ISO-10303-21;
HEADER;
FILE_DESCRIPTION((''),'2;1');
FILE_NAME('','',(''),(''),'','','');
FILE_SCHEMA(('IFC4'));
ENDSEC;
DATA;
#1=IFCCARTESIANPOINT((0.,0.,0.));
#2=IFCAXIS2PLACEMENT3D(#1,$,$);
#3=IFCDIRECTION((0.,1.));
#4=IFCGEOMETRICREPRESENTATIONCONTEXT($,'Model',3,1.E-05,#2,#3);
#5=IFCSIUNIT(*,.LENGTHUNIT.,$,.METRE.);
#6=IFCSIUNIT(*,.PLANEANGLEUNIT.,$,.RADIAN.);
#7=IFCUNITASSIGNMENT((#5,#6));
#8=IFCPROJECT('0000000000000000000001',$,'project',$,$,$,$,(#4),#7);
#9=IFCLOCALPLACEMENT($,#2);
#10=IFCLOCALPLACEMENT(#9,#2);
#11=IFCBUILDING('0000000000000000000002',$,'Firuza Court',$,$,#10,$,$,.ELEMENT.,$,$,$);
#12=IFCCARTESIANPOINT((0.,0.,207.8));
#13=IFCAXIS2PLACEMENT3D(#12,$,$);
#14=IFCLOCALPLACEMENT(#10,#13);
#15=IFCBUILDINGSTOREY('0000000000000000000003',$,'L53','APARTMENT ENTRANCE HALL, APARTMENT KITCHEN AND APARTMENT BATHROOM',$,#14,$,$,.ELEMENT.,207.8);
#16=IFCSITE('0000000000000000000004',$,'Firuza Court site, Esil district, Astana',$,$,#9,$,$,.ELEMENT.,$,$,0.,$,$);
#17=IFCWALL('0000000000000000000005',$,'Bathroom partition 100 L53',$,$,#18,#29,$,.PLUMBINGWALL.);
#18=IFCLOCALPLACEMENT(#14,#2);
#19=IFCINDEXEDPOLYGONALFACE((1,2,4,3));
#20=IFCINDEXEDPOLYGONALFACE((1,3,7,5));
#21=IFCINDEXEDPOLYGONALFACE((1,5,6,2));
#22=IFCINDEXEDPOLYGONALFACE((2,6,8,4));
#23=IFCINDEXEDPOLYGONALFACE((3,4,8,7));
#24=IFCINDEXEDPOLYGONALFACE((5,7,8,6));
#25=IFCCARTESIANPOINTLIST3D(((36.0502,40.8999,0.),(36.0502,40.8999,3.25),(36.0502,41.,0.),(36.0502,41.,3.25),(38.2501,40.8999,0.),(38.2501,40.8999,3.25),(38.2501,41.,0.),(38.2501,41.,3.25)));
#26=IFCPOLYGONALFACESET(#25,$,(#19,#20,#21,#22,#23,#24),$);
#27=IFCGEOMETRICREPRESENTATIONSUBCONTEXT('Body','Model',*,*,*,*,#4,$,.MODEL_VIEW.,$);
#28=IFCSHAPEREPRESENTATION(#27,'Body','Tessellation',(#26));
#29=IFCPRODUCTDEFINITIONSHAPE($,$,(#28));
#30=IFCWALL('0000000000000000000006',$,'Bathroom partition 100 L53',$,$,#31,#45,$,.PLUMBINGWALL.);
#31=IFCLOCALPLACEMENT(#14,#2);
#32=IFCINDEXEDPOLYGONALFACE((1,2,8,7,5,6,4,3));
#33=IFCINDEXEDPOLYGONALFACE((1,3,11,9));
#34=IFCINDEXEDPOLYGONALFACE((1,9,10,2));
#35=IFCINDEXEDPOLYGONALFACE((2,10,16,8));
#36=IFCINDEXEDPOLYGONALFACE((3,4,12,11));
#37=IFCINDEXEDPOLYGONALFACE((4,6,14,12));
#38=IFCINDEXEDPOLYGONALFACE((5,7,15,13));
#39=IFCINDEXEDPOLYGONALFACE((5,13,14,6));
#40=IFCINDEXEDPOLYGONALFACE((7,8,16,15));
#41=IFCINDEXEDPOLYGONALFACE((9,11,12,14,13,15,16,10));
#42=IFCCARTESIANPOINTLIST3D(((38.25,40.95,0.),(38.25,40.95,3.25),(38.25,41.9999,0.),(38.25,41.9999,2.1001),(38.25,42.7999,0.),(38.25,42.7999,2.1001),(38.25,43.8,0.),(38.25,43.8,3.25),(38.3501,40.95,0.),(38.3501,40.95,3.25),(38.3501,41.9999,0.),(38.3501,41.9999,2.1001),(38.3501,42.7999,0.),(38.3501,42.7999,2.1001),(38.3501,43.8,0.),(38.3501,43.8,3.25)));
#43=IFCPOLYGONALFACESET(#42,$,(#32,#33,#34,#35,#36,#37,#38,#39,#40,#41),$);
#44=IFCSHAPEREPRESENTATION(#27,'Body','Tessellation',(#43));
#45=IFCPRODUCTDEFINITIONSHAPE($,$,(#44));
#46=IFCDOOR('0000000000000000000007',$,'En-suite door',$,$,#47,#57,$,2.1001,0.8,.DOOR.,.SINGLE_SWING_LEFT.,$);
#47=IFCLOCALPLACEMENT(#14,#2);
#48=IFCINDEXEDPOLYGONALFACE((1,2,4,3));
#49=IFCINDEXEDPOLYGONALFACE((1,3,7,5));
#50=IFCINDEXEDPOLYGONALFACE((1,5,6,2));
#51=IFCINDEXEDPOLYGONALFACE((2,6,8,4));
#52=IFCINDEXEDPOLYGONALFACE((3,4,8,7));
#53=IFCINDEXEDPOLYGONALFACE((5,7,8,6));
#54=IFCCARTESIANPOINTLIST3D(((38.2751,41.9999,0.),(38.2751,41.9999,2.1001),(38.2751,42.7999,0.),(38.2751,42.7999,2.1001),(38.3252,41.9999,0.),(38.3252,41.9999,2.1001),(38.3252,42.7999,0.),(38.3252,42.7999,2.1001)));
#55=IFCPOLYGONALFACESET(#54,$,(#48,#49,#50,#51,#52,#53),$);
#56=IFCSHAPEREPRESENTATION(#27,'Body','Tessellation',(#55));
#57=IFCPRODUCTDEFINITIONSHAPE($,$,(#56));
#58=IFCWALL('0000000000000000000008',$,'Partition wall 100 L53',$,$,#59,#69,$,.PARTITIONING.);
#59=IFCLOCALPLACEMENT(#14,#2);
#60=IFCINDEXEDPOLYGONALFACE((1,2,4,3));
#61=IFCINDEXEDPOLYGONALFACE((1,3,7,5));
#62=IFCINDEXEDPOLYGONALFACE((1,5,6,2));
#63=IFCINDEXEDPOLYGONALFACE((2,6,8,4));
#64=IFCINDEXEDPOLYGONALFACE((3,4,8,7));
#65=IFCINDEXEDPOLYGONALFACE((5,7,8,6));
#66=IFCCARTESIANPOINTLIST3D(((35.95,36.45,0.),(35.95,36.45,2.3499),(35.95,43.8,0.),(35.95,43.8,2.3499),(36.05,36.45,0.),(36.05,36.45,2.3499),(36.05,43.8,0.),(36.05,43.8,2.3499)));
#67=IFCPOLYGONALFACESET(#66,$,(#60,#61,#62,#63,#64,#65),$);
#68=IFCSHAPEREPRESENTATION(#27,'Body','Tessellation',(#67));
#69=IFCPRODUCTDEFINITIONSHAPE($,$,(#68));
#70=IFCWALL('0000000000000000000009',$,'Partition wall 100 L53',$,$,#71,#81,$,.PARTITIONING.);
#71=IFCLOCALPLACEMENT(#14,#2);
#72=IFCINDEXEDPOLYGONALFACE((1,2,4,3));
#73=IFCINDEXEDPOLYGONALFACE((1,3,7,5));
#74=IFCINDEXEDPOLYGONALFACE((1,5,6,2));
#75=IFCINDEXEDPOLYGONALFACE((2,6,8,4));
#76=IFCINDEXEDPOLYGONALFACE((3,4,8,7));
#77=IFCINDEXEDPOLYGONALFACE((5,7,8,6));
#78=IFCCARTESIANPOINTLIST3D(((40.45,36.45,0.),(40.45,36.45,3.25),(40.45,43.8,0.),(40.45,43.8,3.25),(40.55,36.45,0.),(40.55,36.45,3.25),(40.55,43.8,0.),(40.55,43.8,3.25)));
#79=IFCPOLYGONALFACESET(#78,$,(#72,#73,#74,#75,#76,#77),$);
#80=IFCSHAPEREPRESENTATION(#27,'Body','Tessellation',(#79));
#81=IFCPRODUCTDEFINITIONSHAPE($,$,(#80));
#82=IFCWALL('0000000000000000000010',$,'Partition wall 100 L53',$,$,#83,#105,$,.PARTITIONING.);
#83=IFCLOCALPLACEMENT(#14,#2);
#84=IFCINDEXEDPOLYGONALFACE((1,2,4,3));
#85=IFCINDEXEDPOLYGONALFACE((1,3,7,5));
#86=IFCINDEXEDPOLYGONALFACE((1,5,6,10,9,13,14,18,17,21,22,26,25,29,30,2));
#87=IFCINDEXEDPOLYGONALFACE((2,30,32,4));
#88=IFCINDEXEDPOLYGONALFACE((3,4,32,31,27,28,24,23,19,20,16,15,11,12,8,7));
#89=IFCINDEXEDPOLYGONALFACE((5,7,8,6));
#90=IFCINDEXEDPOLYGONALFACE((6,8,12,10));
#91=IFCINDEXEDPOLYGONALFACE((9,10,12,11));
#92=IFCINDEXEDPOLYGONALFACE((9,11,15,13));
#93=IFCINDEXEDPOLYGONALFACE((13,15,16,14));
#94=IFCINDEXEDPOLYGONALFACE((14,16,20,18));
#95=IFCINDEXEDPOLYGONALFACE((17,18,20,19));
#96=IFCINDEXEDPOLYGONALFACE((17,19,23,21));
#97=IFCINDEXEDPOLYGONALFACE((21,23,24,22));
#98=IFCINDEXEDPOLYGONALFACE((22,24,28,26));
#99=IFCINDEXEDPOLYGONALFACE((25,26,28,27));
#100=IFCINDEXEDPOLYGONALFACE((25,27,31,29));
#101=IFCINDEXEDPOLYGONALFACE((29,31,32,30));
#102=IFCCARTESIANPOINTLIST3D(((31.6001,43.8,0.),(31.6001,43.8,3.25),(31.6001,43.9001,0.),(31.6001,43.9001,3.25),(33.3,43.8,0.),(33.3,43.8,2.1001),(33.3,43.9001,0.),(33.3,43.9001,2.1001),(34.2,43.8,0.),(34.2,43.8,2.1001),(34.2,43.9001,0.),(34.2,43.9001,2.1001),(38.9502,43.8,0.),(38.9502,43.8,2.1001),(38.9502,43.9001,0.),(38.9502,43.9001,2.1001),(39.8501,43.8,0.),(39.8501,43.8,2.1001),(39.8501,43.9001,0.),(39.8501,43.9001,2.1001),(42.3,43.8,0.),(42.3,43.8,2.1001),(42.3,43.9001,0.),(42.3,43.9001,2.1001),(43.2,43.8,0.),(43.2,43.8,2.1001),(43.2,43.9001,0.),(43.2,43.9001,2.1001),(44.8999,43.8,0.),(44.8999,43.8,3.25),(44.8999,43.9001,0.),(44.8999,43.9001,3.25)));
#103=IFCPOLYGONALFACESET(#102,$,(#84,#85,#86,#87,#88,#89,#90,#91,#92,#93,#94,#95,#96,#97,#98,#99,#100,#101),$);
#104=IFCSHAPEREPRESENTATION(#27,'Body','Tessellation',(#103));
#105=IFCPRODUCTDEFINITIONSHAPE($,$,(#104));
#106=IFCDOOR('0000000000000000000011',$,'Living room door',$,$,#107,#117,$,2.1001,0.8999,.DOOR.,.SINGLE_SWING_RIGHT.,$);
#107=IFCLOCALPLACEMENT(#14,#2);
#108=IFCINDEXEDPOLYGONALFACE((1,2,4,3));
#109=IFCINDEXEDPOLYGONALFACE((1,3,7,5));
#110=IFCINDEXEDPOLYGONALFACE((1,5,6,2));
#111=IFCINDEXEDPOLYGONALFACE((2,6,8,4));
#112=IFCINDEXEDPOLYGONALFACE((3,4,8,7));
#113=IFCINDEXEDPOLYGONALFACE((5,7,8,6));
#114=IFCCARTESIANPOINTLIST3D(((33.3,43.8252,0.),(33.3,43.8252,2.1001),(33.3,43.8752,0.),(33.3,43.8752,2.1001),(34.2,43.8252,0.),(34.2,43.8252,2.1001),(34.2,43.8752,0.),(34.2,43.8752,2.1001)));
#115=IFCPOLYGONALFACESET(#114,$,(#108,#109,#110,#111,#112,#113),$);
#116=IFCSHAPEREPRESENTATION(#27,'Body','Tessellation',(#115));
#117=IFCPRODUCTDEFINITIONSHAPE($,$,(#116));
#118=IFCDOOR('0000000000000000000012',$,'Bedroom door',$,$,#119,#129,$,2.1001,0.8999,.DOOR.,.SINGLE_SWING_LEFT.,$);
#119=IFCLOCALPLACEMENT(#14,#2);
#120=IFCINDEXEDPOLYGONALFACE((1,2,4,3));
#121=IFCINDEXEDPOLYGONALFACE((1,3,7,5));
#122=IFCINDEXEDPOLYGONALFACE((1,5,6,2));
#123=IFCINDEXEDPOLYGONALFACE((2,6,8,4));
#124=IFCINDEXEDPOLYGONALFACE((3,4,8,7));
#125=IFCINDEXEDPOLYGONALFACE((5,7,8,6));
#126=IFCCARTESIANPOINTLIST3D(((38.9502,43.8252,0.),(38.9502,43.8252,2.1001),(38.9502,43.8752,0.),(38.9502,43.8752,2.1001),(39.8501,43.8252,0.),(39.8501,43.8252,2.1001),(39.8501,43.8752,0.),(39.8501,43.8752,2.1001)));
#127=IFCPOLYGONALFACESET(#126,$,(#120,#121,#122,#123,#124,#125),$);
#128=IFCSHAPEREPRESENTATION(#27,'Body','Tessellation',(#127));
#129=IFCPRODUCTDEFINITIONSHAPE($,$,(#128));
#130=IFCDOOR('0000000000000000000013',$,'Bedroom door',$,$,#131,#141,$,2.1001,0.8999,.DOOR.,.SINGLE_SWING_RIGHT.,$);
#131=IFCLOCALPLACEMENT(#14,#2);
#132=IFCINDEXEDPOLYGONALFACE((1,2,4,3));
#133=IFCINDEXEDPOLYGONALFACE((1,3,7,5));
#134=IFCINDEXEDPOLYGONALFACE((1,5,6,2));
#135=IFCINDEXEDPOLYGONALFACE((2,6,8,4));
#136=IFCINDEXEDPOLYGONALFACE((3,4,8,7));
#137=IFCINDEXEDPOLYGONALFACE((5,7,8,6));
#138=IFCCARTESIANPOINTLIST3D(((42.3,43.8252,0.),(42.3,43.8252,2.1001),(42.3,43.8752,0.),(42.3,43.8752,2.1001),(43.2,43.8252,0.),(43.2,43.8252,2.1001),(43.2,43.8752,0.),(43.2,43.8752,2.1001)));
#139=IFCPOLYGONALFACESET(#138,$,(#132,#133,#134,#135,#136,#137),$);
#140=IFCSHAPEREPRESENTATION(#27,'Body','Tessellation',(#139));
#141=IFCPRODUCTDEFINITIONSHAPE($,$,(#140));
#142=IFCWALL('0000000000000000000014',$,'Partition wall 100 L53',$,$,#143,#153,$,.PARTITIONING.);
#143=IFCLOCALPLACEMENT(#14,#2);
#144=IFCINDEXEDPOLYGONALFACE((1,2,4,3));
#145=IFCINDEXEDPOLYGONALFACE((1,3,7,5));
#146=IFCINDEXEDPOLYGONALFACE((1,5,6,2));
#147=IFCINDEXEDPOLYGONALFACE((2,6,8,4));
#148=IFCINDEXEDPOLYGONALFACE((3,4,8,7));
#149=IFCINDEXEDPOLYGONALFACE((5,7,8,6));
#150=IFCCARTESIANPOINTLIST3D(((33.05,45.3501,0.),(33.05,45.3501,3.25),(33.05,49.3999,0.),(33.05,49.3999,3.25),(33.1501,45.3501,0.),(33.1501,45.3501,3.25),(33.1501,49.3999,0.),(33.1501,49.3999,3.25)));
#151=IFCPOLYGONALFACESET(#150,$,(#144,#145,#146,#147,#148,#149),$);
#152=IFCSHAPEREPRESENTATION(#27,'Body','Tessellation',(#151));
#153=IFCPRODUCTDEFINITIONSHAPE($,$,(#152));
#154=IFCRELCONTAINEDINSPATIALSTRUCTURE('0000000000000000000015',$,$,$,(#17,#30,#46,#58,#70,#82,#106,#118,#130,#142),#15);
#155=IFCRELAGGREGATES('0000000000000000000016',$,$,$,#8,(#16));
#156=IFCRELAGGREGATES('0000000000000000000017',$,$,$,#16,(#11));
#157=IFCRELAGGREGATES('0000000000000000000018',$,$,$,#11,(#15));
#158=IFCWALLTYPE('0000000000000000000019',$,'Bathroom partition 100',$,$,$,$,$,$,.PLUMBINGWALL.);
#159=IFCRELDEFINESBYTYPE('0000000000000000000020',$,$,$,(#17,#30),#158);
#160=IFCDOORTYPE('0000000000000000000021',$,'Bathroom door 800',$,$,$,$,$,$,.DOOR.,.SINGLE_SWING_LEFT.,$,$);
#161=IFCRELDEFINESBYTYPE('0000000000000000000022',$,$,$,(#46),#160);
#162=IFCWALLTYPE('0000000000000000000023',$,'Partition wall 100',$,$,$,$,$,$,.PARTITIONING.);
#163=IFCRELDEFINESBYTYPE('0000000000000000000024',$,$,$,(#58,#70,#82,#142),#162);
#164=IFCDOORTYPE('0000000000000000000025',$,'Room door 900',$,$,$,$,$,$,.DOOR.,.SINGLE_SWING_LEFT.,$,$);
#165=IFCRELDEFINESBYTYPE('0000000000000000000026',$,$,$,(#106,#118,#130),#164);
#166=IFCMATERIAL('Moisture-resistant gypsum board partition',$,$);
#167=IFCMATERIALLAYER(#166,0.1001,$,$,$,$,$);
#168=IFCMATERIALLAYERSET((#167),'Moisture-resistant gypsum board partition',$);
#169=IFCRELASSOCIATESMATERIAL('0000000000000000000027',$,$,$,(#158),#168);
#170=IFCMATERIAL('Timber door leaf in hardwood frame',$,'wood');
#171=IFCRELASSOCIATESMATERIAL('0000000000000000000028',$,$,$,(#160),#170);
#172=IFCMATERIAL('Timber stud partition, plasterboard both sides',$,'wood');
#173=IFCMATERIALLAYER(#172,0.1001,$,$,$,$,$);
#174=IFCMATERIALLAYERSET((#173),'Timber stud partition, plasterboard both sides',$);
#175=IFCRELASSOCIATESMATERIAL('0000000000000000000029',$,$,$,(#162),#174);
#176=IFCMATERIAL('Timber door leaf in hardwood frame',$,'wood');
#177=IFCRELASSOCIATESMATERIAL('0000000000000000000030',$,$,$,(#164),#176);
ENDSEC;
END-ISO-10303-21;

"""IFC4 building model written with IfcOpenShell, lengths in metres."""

from ifc_helpers import new_model, si_unit, direction, frame, frame_2d, origin, place, context, subcontext, project, spatial, rectangle, extrude, material, layer, layer_set, type_object, element, fill, save


model = new_model("IFC4")

# Units and contexts
model_context = context("Model", 3, precision=1e-05, world=origin(), true_north=direction((0.0, 1.0)))
body_context = subcontext(model_context, "Body", "Model", "MODEL_VIEW")
ifc_project = project(units=[si_unit("LENGTHUNIT", "METRE"), si_unit("PLANEANGLEUNIT", "RADIAN")], contexts=[model_context])

# Site, building, storey
site_placement = place(None, origin())
site = spatial("IfcSite", under=ifc_project, at=site_placement, Name="Firuza Court site, Esil district, Astana", CompositionType="ELEMENT", RefElevation=0.0)
building_placement = place(site_placement, origin())
building = spatial("IfcBuilding", under=site, at=building_placement, Name="Firuza Court", CompositionType="ELEMENT")
storey_placement = place(building_placement, frame((0.0, 0.0, 207.8)))
storey = spatial("IfcBuildingStorey", under=building, at=storey_placement, Name="L53", Description="APARTMENT ENTRANCE HALL, APARTMENT KITCHEN AND APARTMENT BATHROOM", CompositionType="ELEMENT", Elevation=207.8)

# Wall
ifc_material_1 = material(Name="Moisture-resistant gypsum board partition")
ifc_layer_1 = layer(ifc_material_1, 0.1001)
ifc_layer_set_1 = layer_set([ifc_layer_1], Name="Moisture-resistant gypsum board partition")
wall_type_1 = type_object("IfcWallType", Name="Bathroom partition 100", PredefinedType="PLUMBINGWALL", material=ifc_layer_set_1)
wall_1_placement = place(storey_placement, frame((36.05, 40.95, 0.0), z_axis=(0.0, 0.0, 1.0), x_axis=(1.0, 0.0, 0.0)))
element("IfcWall", 1, at=wall_1_placement, inside=storey, type_object=wall_type_1, Name="Bathroom partition 100 L53", PredefinedType="PLUMBINGWALL", context=body_context, shape_type="SweptSolid", body=[
    extrude(rectangle(XDim=2.2, YDim=0.1001, at=frame_2d((1.1001, 0.0))), origin(), (0.0, 0.0, 1.0), 3.25),
])

# Wall, opening, door
wall_2_placement = place(storey_placement, frame((38.3, 40.95, 0.0), z_axis=(0.0, 0.0, 1.0), x_axis=(0.0, 1.0, 0.0)))
wall_2 = element("IfcWall", 2, at=wall_2_placement, inside=storey, type_object=wall_type_1, Name="Bathroom partition 100 L53", PredefinedType="PLUMBINGWALL", context=body_context, shape_type="SweptSolid", body=[
    extrude(rectangle(XDim=2.8501, YDim=0.1001, at=frame_2d((1.425, 0.0))), origin(), (0.0, 0.0, 1.0), 3.25),
])
opening_1_placement = place(wall_2_placement, frame((1.05, 0.0, 0.0)))
opening_1 = element("IfcOpeningElement", 3, at=opening_1_placement, cuts=wall_2, PredefinedType="OPENING", context=body_context, shape_type="SweptSolid", body=[
    extrude(rectangle(XDim=0.8, YDim=2.1001, at=frame_2d((0.3999, 1.05))), frame((0.0, 0.062, 0.0), z_axis=(0.0, -1.0, 0.0), x_axis=(1.0, 0.0, 0.0)), (0.0, 0.0, 1.0), 0.124),
])
ifc_material_2 = material(Name="Timber door leaf in hardwood frame", Category="wood")
door_type_1 = type_object("IfcDoorType", Name="Bathroom door 800", OperationType="SINGLE_SWING_LEFT", PredefinedType="DOOR", material=ifc_material_2)
door_1_placement = place(opening_1_placement, origin())
door_1 = element("IfcDoor", 4, at=door_1_placement, inside=storey, type_object=door_type_1, Name="En-suite door", OperationType="SINGLE_SWING_LEFT", OverallHeight=2.1001, OverallWidth=0.8, PredefinedType="DOOR", context=body_context, shape_type="SweptSolid", body=[
    extrude(rectangle(XDim=0.8, YDim=2.1001, at=frame_2d((0.3999, 1.05))), frame((0.0, 0.0249, 0.0), z_axis=(0.0, -1.0, 0.0), x_axis=(1.0, 0.0, 0.0)), (0.0, 0.0, 1.0), 0.05),
])
fill(opening_1, door_1)

# Walls
ifc_material_3 = material(Name="Timber stud partition, plasterboard both sides", Category="wood")
ifc_layer_2 = layer(ifc_material_3, 0.1001)
ifc_layer_set_2 = layer_set([ifc_layer_2], Name="Timber stud partition, plasterboard both sides")
wall_type_2 = type_object("IfcWallType", Name="Partition wall 100", PredefinedType="PARTITIONING", material=ifc_layer_set_2)
wall_3_placement = place(storey_placement, frame((36.0, 36.45, 0.0), z_axis=(0.0, 0.0, 1.0), x_axis=(0.0, 1.0, 0.0)))
element("IfcWall", 5, at=wall_3_placement, inside=storey, type_object=wall_type_2, Name="Partition wall 100 L53", PredefinedType="PARTITIONING", context=body_context, shape_type="SweptSolid", body=[
    extrude(rectangle(XDim=7.3501, YDim=0.1001, at=frame_2d((3.675, 0.0))), origin(), (0.0, 0.0, 1.0), 2.3499),
])
wall_4_placement = place(storey_placement, frame((40.5, 36.45, 0.0), z_axis=(0.0, 0.0, 1.0), x_axis=(0.0, 1.0, 0.0)))
element("IfcWall", 6, at=wall_4_placement, inside=storey, type_object=wall_type_2, Name="Partition wall 100 L53", PredefinedType="PARTITIONING", context=body_context, shape_type="SweptSolid", body=[
    extrude(rectangle(XDim=7.3501, YDim=0.1001, at=frame_2d((3.675, 0.0))), origin(), (0.0, 0.0, 1.0), 3.25),
])

# Wall, openings, doors
wall_5_placement = place(storey_placement, frame((31.6001, 43.8501, 0.0), z_axis=(0.0, 0.0, 1.0), x_axis=(1.0, 0.0, 0.0)))
wall_5 = element("IfcWall", 7, at=wall_5_placement, inside=storey, type_object=wall_type_2, Name="Partition wall 100 L53", PredefinedType="PARTITIONING", context=body_context, shape_type="SweptSolid", body=[
    extrude(rectangle(XDim=13.2998, YDim=0.1001, at=frame_2d((6.6499, 0.0))), origin(), (0.0, 0.0, 1.0), 3.25),
])
opening_2_placement = place(wall_5_placement, frame((1.7, 0.0, 0.0)))
opening_2 = element("IfcOpeningElement", 8, at=opening_2_placement, cuts=wall_5, PredefinedType="OPENING", context=body_context, shape_type="SweptSolid", body=[
    extrude(rectangle(XDim=0.8999, YDim=2.1001, at=frame_2d((0.45, 1.05))), frame((0.0, 0.062, 0.0), z_axis=(0.0, -1.0, 0.0), x_axis=(1.0, 0.0, 0.0)), (0.0, 0.0, 1.0), 0.124),
])
opening_3_placement = place(wall_5_placement, frame((7.3501, 0.0, 0.0)))
opening_3 = element("IfcOpeningElement", 9, at=opening_3_placement, cuts=wall_5, PredefinedType="OPENING", context=body_context, shape_type="SweptSolid", body=[
    extrude(rectangle(XDim=0.8999, YDim=2.1001, at=frame_2d((0.45, 1.05))), frame((0.0, 0.062, 0.0), z_axis=(0.0, -1.0, 0.0), x_axis=(1.0, 0.0, 0.0)), (0.0, 0.0, 1.0), 0.124),
])
opening_4_placement = place(wall_5_placement, frame((10.7, 0.0, 0.0)))
opening_4 = element("IfcOpeningElement", 10, at=opening_4_placement, cuts=wall_5, PredefinedType="OPENING", context=body_context, shape_type="SweptSolid", body=[
    extrude(rectangle(XDim=0.8999, YDim=2.1001, at=frame_2d((0.45, 1.05))), frame((0.0, 0.062, 0.0), z_axis=(0.0, -1.0, 0.0), x_axis=(1.0, 0.0, 0.0)), (0.0, 0.0, 1.0), 0.124),
])
ifc_material_4 = material(Name="Timber door leaf in hardwood frame", Category="wood")
door_type_2 = type_object("IfcDoorType", Name="Room door 900", OperationType="SINGLE_SWING_LEFT", PredefinedType="DOOR", material=ifc_material_4)
door_2_placement = place(opening_2_placement, frame((0.8999, 0.0, 0.0), z_axis=(0.0, 0.0, 1.0), x_axis=(-1.0, 0.0, 0.0)))
door_2 = element("IfcDoor", 11, at=door_2_placement, inside=storey, type_object=door_type_2, Name="Living room door", OperationType="SINGLE_SWING_RIGHT", OverallHeight=2.1001, OverallWidth=0.8999, PredefinedType="DOOR", context=body_context, shape_type="SweptSolid", body=[
    extrude(rectangle(XDim=0.8999, YDim=2.1001, at=frame_2d((0.45, 1.05))), frame((0.0, 0.0249, 0.0), z_axis=(0.0, -1.0, 0.0), x_axis=(1.0, 0.0, 0.0)), (0.0, 0.0, 1.0), 0.05),
])
fill(opening_2, door_2)
door_3_placement = place(opening_3_placement, frame((0.8999, 0.0, 0.0), z_axis=(0.0, 0.0, 1.0), x_axis=(-1.0, 0.0, 0.0)))
door_3 = element("IfcDoor", 12, at=door_3_placement, inside=storey, type_object=door_type_2, Name="Bedroom door", OperationType="SINGLE_SWING_LEFT", OverallHeight=2.1001, OverallWidth=0.8999, PredefinedType="DOOR", context=body_context, shape_type="SweptSolid", body=[
    extrude(rectangle(XDim=0.8999, YDim=2.1001, at=frame_2d((0.45, 1.05))), frame((0.0, 0.0249, 0.0), z_axis=(0.0, -1.0, 0.0), x_axis=(1.0, 0.0, 0.0)), (0.0, 0.0, 1.0), 0.05),
])
fill(opening_3, door_3)
door_4_placement = place(opening_4_placement, frame((0.8999, 0.0, 0.0), z_axis=(0.0, 0.0, 1.0), x_axis=(-1.0, 0.0, 0.0)))
door_4 = element("IfcDoor", 13, at=door_4_placement, inside=storey, type_object=door_type_2, Name="Bedroom door", OperationType="SINGLE_SWING_RIGHT", OverallHeight=2.1001, OverallWidth=0.8999, PredefinedType="DOOR", context=body_context, shape_type="SweptSolid", body=[
    extrude(rectangle(XDim=0.8999, YDim=2.1001, at=frame_2d((0.45, 1.05))), frame((0.0, 0.0249, 0.0), z_axis=(0.0, -1.0, 0.0), x_axis=(1.0, 0.0, 0.0)), (0.0, 0.0, 1.0), 0.05),
])
fill(opening_4, door_4)

# Wall
wall_6_placement = place(storey_placement, frame((33.1001, 45.3501, 0.0), z_axis=(0.0, 0.0, 1.0), x_axis=(0.0, 1.0, 0.0)))
element("IfcWall", 14, at=wall_6_placement, inside=storey, type_object=wall_type_2, Name="Partition wall 100 L53", PredefinedType="PARTITIONING", context=body_context, shape_type="SweptSolid", body=[
    extrude(rectangle(XDim=4.0498, YDim=0.1001, at=frame_2d((2.0249, 0.0))), origin(), (0.0, 0.0, 1.0), 3.25),
])

save(model, "model.ifc")
